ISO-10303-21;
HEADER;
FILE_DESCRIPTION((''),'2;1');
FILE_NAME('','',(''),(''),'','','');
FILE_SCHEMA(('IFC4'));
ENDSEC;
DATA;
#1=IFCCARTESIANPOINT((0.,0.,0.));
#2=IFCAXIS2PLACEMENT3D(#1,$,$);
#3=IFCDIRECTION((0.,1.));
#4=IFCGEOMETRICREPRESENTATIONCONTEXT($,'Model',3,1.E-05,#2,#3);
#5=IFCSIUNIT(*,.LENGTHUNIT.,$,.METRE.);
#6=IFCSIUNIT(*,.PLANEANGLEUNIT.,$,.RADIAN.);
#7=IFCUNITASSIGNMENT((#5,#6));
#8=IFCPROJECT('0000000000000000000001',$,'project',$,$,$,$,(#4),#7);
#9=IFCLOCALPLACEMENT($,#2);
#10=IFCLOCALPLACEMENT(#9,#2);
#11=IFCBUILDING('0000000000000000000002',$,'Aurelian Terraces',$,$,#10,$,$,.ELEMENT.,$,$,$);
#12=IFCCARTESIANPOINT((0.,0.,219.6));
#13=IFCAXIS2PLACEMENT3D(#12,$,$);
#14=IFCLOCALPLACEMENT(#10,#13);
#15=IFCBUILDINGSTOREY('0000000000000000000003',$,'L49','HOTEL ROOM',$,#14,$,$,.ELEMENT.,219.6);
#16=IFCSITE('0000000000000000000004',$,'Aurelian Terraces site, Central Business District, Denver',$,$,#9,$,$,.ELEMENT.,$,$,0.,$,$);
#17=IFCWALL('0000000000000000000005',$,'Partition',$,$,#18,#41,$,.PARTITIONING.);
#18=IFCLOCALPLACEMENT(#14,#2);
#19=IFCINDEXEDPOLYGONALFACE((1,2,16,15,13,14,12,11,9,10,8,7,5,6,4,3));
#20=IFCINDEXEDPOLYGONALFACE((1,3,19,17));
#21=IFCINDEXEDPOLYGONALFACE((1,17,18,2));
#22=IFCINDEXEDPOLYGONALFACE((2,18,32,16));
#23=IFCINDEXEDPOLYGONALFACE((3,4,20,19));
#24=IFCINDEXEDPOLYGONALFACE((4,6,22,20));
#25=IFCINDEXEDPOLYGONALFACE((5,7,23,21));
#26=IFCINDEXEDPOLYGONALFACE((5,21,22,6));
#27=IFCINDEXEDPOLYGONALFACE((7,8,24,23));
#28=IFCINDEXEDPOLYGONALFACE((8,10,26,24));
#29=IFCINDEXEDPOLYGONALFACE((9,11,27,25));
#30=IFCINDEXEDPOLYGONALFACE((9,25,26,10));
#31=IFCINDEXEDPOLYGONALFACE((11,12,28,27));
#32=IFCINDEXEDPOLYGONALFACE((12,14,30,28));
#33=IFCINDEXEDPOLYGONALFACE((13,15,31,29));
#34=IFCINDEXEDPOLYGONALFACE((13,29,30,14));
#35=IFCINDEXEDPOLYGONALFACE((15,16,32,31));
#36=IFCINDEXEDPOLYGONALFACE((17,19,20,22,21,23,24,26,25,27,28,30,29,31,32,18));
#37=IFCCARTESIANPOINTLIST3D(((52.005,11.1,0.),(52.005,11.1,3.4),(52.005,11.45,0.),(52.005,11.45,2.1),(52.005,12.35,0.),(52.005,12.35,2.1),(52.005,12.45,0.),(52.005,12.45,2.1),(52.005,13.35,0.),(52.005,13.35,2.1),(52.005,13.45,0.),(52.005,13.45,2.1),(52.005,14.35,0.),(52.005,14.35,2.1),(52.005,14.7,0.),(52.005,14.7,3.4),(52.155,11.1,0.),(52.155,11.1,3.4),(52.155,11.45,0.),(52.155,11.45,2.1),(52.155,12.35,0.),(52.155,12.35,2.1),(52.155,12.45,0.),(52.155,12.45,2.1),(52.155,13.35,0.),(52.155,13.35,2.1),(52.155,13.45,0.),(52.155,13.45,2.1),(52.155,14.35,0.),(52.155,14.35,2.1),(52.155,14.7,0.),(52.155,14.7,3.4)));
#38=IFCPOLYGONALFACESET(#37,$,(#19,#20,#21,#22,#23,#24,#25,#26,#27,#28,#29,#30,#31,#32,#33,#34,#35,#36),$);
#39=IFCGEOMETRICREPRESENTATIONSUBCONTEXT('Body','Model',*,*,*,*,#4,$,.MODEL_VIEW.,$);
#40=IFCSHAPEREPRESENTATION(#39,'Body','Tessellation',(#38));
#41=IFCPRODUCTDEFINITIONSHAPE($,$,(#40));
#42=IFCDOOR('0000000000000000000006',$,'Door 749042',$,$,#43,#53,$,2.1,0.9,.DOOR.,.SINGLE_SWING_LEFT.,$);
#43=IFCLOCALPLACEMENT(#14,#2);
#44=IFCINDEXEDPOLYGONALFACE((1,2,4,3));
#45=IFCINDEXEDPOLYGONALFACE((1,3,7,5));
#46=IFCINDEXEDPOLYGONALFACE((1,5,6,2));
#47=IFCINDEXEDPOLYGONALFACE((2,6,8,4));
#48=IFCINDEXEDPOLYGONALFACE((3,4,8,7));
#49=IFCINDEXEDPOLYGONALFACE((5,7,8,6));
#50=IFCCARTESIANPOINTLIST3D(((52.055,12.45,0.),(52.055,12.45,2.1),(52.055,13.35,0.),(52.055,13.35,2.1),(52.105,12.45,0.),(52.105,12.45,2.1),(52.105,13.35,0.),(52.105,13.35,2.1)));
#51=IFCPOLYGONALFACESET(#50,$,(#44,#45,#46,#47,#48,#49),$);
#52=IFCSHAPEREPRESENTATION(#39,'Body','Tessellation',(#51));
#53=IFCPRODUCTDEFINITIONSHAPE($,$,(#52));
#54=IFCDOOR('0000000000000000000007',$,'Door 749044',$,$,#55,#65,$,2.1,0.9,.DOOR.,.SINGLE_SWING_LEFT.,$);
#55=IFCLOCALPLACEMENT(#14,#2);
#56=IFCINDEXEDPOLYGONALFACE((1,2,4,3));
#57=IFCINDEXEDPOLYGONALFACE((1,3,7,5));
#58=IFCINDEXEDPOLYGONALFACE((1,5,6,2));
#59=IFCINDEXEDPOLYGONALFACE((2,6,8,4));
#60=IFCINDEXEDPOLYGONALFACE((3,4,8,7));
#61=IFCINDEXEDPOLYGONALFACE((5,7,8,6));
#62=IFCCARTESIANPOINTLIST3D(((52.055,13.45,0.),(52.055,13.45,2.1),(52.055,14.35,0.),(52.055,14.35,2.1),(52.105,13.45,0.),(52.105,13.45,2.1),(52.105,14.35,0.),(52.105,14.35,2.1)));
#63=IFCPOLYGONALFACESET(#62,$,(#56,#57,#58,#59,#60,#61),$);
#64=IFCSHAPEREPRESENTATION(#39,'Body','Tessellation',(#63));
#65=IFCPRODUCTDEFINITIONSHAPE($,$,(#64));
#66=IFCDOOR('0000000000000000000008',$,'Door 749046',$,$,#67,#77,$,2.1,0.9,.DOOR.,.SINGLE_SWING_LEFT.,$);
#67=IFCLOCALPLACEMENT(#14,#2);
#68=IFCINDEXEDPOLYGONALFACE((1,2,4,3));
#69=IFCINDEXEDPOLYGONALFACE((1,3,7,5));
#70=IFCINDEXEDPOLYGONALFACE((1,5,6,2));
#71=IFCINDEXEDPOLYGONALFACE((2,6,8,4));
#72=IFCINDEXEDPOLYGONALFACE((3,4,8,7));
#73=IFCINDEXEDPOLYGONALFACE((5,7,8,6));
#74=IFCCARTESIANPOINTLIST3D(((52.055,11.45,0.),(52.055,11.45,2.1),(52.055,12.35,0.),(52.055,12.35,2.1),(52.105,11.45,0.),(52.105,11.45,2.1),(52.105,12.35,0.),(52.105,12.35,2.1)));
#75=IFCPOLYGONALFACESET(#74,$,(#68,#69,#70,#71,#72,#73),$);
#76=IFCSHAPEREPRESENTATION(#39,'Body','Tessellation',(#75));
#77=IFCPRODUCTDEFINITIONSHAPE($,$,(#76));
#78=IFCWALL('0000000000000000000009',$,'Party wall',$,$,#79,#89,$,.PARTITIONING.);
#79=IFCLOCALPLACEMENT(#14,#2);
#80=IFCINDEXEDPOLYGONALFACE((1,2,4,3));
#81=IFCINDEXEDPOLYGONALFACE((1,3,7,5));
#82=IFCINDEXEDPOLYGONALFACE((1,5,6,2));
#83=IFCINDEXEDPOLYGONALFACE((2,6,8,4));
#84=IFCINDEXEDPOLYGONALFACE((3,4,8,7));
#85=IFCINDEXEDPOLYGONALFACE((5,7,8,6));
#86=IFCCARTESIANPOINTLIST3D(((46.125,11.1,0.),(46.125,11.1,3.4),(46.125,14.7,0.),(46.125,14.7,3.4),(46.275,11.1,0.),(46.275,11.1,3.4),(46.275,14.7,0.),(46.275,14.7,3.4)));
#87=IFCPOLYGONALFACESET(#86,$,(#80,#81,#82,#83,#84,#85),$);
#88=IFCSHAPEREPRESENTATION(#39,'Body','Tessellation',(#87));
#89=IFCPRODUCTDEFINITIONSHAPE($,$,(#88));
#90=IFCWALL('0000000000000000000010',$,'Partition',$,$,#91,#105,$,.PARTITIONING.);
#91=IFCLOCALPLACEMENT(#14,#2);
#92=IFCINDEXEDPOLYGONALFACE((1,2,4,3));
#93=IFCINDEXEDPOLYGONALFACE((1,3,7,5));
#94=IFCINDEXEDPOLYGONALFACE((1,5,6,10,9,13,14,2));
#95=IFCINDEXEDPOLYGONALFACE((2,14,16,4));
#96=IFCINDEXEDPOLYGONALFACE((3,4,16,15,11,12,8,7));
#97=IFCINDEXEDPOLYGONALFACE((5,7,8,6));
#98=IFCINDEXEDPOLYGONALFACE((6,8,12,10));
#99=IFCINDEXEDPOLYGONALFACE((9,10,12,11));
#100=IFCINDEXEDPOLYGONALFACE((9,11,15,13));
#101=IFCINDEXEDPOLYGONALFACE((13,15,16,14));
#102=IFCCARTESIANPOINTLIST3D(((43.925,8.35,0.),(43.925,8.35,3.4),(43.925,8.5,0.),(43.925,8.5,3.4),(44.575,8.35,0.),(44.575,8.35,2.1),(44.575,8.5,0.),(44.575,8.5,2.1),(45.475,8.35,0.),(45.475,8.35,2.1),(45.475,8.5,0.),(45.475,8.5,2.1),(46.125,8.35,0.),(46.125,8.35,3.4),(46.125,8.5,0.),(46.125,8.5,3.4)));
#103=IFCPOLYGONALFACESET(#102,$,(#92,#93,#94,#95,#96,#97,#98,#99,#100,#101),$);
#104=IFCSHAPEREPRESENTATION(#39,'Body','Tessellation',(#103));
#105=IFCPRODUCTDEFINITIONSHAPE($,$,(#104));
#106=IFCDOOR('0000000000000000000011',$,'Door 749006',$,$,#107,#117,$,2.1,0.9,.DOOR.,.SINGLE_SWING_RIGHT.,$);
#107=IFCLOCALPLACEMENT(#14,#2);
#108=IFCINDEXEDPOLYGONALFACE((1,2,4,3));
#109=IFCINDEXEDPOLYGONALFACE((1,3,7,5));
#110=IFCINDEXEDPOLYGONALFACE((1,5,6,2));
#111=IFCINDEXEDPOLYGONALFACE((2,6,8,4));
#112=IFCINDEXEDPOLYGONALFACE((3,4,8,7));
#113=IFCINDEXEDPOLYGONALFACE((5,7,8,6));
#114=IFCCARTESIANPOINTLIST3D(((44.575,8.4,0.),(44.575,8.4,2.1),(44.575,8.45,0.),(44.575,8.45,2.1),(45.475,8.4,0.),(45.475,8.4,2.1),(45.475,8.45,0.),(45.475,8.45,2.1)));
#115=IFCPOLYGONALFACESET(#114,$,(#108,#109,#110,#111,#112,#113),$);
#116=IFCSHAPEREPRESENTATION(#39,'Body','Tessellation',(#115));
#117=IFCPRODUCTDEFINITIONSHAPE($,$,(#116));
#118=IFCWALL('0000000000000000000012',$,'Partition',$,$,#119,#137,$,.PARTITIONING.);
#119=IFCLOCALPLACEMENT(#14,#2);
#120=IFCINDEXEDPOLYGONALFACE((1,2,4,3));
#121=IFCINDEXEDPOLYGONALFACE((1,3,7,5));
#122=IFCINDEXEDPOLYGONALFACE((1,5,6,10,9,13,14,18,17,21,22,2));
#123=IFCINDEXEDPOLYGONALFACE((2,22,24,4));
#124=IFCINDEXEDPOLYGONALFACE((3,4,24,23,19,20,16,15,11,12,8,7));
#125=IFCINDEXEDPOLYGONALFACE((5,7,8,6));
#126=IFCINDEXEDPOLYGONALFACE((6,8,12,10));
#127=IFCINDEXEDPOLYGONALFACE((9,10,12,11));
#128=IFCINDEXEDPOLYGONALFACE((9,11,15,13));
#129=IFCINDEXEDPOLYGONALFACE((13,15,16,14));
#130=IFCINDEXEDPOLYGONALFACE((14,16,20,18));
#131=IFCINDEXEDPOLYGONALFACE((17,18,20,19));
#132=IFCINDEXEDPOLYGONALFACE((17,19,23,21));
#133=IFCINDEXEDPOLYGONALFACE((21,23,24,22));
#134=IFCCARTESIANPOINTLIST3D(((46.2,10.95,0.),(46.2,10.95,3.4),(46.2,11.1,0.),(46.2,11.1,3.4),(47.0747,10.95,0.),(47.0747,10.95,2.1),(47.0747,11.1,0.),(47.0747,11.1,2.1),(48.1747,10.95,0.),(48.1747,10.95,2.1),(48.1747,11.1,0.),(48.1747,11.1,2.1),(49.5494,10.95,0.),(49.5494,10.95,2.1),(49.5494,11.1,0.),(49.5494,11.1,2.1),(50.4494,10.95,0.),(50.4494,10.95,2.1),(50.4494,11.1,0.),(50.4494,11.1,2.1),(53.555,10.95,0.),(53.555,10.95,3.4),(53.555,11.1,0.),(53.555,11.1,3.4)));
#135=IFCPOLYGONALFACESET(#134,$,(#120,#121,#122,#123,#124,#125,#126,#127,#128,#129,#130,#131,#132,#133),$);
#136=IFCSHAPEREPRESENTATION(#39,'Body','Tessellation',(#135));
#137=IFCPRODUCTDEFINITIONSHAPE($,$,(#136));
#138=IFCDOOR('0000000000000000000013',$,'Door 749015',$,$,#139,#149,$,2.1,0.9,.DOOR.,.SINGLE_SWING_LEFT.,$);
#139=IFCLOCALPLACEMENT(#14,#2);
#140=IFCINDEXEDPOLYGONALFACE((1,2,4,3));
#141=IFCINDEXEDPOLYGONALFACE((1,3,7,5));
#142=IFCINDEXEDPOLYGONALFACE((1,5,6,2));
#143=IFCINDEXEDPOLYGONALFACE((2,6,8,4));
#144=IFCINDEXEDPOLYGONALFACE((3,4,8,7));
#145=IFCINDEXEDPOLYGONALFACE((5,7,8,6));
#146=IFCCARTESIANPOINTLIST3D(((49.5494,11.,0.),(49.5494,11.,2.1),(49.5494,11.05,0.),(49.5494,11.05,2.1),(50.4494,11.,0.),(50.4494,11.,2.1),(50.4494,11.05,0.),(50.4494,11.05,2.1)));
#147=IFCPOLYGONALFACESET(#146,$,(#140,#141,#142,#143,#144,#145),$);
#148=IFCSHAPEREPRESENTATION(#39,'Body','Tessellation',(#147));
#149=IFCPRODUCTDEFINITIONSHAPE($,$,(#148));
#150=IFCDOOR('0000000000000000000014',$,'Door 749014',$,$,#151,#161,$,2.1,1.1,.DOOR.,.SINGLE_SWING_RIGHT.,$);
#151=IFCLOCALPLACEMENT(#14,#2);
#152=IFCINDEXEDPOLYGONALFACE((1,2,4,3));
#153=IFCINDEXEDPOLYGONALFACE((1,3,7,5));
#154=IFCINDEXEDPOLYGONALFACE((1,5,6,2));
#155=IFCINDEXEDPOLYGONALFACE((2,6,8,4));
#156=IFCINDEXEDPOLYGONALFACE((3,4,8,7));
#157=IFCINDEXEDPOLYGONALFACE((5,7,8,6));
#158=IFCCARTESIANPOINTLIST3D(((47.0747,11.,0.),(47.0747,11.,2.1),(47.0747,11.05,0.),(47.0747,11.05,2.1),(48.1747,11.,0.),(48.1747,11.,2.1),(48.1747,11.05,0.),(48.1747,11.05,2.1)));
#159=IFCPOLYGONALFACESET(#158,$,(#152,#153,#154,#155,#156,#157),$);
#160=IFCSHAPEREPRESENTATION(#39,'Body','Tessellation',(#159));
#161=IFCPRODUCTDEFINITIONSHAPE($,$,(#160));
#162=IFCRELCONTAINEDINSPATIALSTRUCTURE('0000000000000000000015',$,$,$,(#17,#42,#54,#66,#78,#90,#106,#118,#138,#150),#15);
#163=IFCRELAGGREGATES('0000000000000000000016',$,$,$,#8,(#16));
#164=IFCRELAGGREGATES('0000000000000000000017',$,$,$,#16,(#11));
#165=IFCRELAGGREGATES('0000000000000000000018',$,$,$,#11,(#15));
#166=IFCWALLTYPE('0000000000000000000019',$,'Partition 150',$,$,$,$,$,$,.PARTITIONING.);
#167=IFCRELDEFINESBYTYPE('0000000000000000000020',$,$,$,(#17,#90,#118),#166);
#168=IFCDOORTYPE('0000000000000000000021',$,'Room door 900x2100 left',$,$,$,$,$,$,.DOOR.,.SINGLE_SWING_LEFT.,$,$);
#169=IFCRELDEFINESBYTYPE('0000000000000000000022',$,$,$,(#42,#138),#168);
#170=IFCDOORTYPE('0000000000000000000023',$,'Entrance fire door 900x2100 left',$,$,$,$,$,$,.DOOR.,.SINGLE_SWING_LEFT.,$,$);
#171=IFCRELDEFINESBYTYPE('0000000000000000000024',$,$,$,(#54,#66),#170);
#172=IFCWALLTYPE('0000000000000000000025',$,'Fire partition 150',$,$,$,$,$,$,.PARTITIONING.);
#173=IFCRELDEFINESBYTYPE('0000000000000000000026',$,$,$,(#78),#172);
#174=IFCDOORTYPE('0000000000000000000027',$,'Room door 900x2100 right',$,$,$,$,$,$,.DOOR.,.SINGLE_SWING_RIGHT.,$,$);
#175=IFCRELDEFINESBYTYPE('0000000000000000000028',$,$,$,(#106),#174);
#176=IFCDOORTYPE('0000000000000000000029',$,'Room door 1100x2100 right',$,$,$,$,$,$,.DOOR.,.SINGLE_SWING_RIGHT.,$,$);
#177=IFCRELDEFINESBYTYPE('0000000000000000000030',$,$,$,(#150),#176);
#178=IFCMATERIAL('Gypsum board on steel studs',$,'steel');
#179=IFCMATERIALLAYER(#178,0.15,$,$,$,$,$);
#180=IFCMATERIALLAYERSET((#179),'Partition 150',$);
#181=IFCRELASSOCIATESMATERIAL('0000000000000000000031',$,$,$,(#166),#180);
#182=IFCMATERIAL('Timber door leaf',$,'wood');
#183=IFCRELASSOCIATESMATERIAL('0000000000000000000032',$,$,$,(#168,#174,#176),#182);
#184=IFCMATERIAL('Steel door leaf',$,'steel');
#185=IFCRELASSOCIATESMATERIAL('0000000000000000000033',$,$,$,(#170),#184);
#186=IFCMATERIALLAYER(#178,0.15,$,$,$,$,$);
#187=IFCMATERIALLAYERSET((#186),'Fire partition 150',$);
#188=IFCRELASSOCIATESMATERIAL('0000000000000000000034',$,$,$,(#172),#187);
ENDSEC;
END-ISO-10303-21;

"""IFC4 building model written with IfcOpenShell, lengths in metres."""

from ifc_helpers import new_model, si_unit, direction, frame, frame_2d, origin, place, context, subcontext, project, spatial, rectangle, extrude, source, transform, mapped, material, layer, layer_set, type_object, element, fill, save


model = new_model("IFC4")

# Units and contexts
model_context = context("Model", 3, precision=1e-05, world=origin(), true_north=direction((0.0, 1.0)))
body_context = subcontext(model_context, "Body", "Model", "MODEL_VIEW")
ifc_project = project(units=[si_unit("LENGTHUNIT", "METRE"), si_unit("PLANEANGLEUNIT", "RADIAN")], contexts=[model_context])

# Site, building, storey
site_placement = place(None, origin())
site = spatial("IfcSite", under=ifc_project, at=site_placement, Name="Aurelian Terraces site, Central Business District, Denver", CompositionType="ELEMENT", RefElevation=0.0)
building_placement = place(site_placement, origin())
building = spatial("IfcBuilding", under=site, at=building_placement, Name="Aurelian Terraces", CompositionType="ELEMENT")
storey_placement = place(building_placement, frame((0.0, 0.0, 219.6)))
storey = spatial("IfcBuildingStorey", under=building, at=storey_placement, Name="L49", Description="HOTEL ROOM", CompositionType="ELEMENT", Elevation=219.6)

# Shared definitions
ifc_material_1 = material(Name="Gypsum board on steel studs", Category="steel")
ifc_layer_1 = layer(ifc_material_1, 0.15)
ifc_layer_set_1 = layer_set([ifc_layer_1], Name="Partition 150")
wall_type_1 = type_object("IfcWallType", Name="Partition 150", PredefinedType="PARTITIONING", material=ifc_layer_set_1)
shared_shape_1 = source(origin(), body_context, "Body", "SweptSolid", [
    extrude(rectangle(XDim=3.6, YDim=0.15, at=frame_2d((1.8, 0.0))), origin(), (0.0, 0.0, 1.0), 3.4),
])

# Wall, openings, doors
wall_1_placement = place(storey_placement, frame((52.08, 11.1, 0.0), z_axis=(0.0, 0.0, 1.0), x_axis=(0.0, 1.0, 0.0)))
wall_1 = element("IfcWall", 1, at=wall_1_placement, inside=storey, type_object=wall_type_1, Name="Partition", PredefinedType="PARTITIONING", context=body_context, shape_type="MappedRepresentation", body=[
    mapped(shared_shape_1, transform((0.0, 0.0, 0.0), scale=1.0)),
])
shared_shape_2 = source(origin(), body_context, "Body", "SweptSolid", [
    extrude(rectangle(XDim=0.9, YDim=2.1, at=frame_2d((0.45, 1.05))), frame((0.0, 0.085, 0.0), z_axis=(0.0, -1.0, 0.0), x_axis=(1.0, 0.0, 0.0)), (0.0, 0.0, 1.0), 0.17),
])
opening_1_placement = place(wall_1_placement, frame((1.35, 0.0, 0.0)))
opening_1 = element("IfcOpeningElement", 2, at=opening_1_placement, cuts=wall_1, PredefinedType="OPENING", context=body_context, shape_type="MappedRepresentation", body=[
    mapped(shared_shape_2, transform((0.0, 0.0, 0.0), scale=1.0)),
])
opening_2_placement = place(wall_1_placement, frame((2.35, 0.0, 0.0)))
opening_2 = element("IfcOpeningElement", 3, at=opening_2_placement, cuts=wall_1, PredefinedType="OPENING", context=body_context, shape_type="MappedRepresentation", body=[
    mapped(shared_shape_2, transform((0.0, 0.0, 0.0), scale=1.0)),
])
opening_3_placement = place(wall_1_placement, frame((0.35, 0.0, 0.0)))
opening_3 = element("IfcOpeningElement", 4, at=opening_3_placement, cuts=wall_1, PredefinedType="OPENING", context=body_context, shape_type="MappedRepresentation", body=[
    mapped(shared_shape_2, transform((0.0, 0.0, 0.0), scale=1.0)),
])
ifc_material_2 = material(Name="Timber door leaf", Category="wood")
door_type_1 = type_object("IfcDoorType", Name="Room door 900x2100 left", OperationType="SINGLE_SWING_LEFT", PredefinedType="DOOR", material=ifc_material_2)
shared_shape_3 = source(origin(), body_context, "Body", "SweptSolid", [
    extrude(rectangle(XDim=0.9, YDim=2.1, at=frame_2d((0.45, 1.05))), frame((0.0, 0.025, 0.0), z_axis=(0.0, -1.0, 0.0), x_axis=(1.0, 0.0, 0.0)), (0.0, 0.0, 1.0), 0.05),
])
door_1_placement = place(opening_1_placement, origin())
door_1 = element("IfcDoor", 5, at=door_1_placement, inside=storey, type_object=door_type_1, Name="Door 749042", OperationType="SINGLE_SWING_LEFT", OverallHeight=2.1, OverallWidth=0.9, PredefinedType="DOOR", context=body_context, shape_type="MappedRepresentation", body=[
    mapped(shared_shape_3, transform((0.0, 0.0, 0.0), scale=1.0)),
])
fill(opening_1, door_1)
ifc_material_3 = material(Name="Steel door leaf", Category="steel")
door_type_2 = type_object("IfcDoorType", Name="Entrance fire door 900x2100 left", OperationType="SINGLE_SWING_LEFT", PredefinedType="DOOR", material=ifc_material_3)
door_2_placement = place(opening_2_placement, origin())
door_2 = element("IfcDoor", 6, at=door_2_placement, inside=storey, type_object=door_type_2, Name="Door 749044", OperationType="SINGLE_SWING_LEFT", OverallHeight=2.1, OverallWidth=0.9, PredefinedType="DOOR", context=body_context, shape_type="MappedRepresentation", body=[
    mapped(shared_shape_3, transform((0.0, 0.0, 0.0), scale=1.0)),
])
fill(opening_2, door_2)
door_3_placement = place(opening_3_placement, origin())
door_3 = element("IfcDoor", 7, at=door_3_placement, inside=storey, type_object=door_type_2, Name="Door 749046", OperationType="SINGLE_SWING_LEFT", OverallHeight=2.1, OverallWidth=0.9, PredefinedType="DOOR", context=body_context, shape_type="MappedRepresentation", body=[
    mapped(shared_shape_3, transform((0.0, 0.0, 0.0), scale=1.0)),
])
fill(opening_3, door_3)

# Wall
ifc_layer_2 = layer(ifc_material_1, 0.15)
ifc_layer_set_2 = layer_set([ifc_layer_2], Name="Fire partition 150")
wall_type_2 = type_object("IfcWallType", Name="Fire partition 150", PredefinedType="PARTITIONING", material=ifc_layer_set_2)
wall_2_placement = place(storey_placement, frame((46.2, 11.1, 0.0), z_axis=(0.0, 0.0, 1.0), x_axis=(0.0, 1.0, 0.0)))
element("IfcWall", 8, at=wall_2_placement, inside=storey, type_object=wall_type_2, Name="Party wall", PredefinedType="PARTITIONING", context=body_context, shape_type="MappedRepresentation", body=[
    mapped(shared_shape_1, transform((0.0, 0.0, 0.0), scale=1.0)),
])

# Wall, opening, door
shared_shape_4 = source(origin(), body_context, "Body", "SweptSolid", [
    extrude(rectangle(XDim=2.2, YDim=0.15, at=frame_2d((1.1, 0.0))), origin(), (0.0, 0.0, 1.0), 3.4),
])
wall_3_placement = place(storey_placement, frame((46.125, 8.425, 0.0), z_axis=(0.0, 0.0, 1.0), x_axis=(-1.0, 0.0, 0.0)))
wall_3 = element("IfcWall", 9, at=wall_3_placement, inside=storey, type_object=wall_type_1, Name="Partition", PredefinedType="PARTITIONING", context=body_context, shape_type="MappedRepresentation", body=[
    mapped(shared_shape_4, transform((0.0, 0.0, 0.0), scale=1.0)),
])
opening_4_placement = place(wall_3_placement, frame((0.65, 0.0, 0.0)))
opening_4 = element("IfcOpeningElement", 10, at=opening_4_placement, cuts=wall_3, PredefinedType="OPENING", context=body_context, shape_type="MappedRepresentation", body=[
    mapped(shared_shape_2, transform((0.0, 0.0, 0.0), scale=1.0)),
])
door_type_3 = type_object("IfcDoorType", Name="Room door 900x2100 right", OperationType="SINGLE_SWING_RIGHT", PredefinedType="DOOR", material=ifc_material_2)
door_4_placement = place(opening_4_placement, origin())
door_4 = element("IfcDoor", 11, at=door_4_placement, inside=storey, type_object=door_type_3, Name="Door 749006", OperationType="SINGLE_SWING_RIGHT", OverallHeight=2.1, OverallWidth=0.9, PredefinedType="DOOR", context=body_context, shape_type="MappedRepresentation", body=[
    mapped(shared_shape_3, transform((0.0, 0.0, 0.0), scale=1.0)),
])
fill(opening_4, door_4)

# Wall, openings, doors
shared_shape_5 = source(origin(), body_context, "Body", "SweptSolid", [
    extrude(rectangle(XDim=7.355, YDim=0.15, at=frame_2d((3.6775, 0.0))), origin(), (0.0, 0.0, 1.0), 3.4),
])
wall_4_placement = place(storey_placement, frame((53.555, 11.025, 0.0), z_axis=(0.0, 0.0, 1.0), x_axis=(-1.0, 0.0, 0.0)))
wall_4 = element("IfcWall", 12, at=wall_4_placement, inside=storey, type_object=wall_type_1, Name="Partition", PredefinedType="PARTITIONING", context=body_context, shape_type="MappedRepresentation", body=[
    mapped(shared_shape_5, transform((0.0, 0.0, 0.0), scale=1.0)),
])
shared_shape_6 = source(origin(), body_context, "Body", "SweptSolid", [
    extrude(rectangle(XDim=1.1, YDim=2.1, at=frame_2d((0.55, 1.05))), frame((0.0, 0.085, 0.0), z_axis=(0.0, -1.0, 0.0), x_axis=(1.0, 0.0, 0.0)), (0.0, 0.0, 1.0), 0.17),
])
opening_5_placement = place(wall_4_placement, frame((5.3803, 0.0, 0.0)))
opening_5 = element("IfcOpeningElement", 13, at=opening_5_placement, cuts=wall_4, PredefinedType="OPENING", context=body_context, shape_type="MappedRepresentation", body=[
    mapped(shared_shape_6, transform((0.0, 0.0, 0.0), scale=1.0)),
])
opening_6_placement = place(wall_4_placement, frame((3.1056, 0.0, 0.0)))
opening_6 = element("IfcOpeningElement", 14, at=opening_6_placement, cuts=wall_4, PredefinedType="OPENING", context=body_context, shape_type="MappedRepresentation", body=[
    mapped(shared_shape_2, transform((0.0, 0.0, 0.0), scale=1.0)),
])
door_5_placement = place(opening_6_placement, origin())
door_5 = element("IfcDoor", 15, at=door_5_placement, inside=storey, type_object=door_type_1, Name="Door 749015", OperationType="SINGLE_SWING_LEFT", OverallHeight=2.1, OverallWidth=0.9, PredefinedType="DOOR", context=body_context, shape_type="MappedRepresentation", body=[
    mapped(shared_shape_3, transform((0.0, 0.0, 0.0), scale=1.0)),
])
fill(opening_6, door_5)
door_type_4 = type_object("IfcDoorType", Name="Room door 1100x2100 right", OperationType="SINGLE_SWING_RIGHT", PredefinedType="DOOR", material=ifc_material_2)
shared_shape_7 = source(origin(), body_context, "Body", "SweptSolid", [
    extrude(rectangle(XDim=1.1, YDim=2.1, at=frame_2d((0.55, 1.05))), frame((0.0, 0.025, 0.0), z_axis=(0.0, -1.0, 0.0), x_axis=(1.0, 0.0, 0.0)), (0.0, 0.0, 1.0), 0.05),
])
door_6_placement = place(opening_5_placement, origin())
door_6 = element("IfcDoor", 16, at=door_6_placement, inside=storey, type_object=door_type_4, Name="Door 749014", OperationType="SINGLE_SWING_RIGHT", OverallHeight=2.1, OverallWidth=1.1, PredefinedType="DOOR", context=body_context, shape_type="MappedRepresentation", body=[
    mapped(shared_shape_7, transform((0.0, 0.0, 0.0), scale=1.0)),
])
fill(opening_5, door_6)

save(model, "model.ifc")
